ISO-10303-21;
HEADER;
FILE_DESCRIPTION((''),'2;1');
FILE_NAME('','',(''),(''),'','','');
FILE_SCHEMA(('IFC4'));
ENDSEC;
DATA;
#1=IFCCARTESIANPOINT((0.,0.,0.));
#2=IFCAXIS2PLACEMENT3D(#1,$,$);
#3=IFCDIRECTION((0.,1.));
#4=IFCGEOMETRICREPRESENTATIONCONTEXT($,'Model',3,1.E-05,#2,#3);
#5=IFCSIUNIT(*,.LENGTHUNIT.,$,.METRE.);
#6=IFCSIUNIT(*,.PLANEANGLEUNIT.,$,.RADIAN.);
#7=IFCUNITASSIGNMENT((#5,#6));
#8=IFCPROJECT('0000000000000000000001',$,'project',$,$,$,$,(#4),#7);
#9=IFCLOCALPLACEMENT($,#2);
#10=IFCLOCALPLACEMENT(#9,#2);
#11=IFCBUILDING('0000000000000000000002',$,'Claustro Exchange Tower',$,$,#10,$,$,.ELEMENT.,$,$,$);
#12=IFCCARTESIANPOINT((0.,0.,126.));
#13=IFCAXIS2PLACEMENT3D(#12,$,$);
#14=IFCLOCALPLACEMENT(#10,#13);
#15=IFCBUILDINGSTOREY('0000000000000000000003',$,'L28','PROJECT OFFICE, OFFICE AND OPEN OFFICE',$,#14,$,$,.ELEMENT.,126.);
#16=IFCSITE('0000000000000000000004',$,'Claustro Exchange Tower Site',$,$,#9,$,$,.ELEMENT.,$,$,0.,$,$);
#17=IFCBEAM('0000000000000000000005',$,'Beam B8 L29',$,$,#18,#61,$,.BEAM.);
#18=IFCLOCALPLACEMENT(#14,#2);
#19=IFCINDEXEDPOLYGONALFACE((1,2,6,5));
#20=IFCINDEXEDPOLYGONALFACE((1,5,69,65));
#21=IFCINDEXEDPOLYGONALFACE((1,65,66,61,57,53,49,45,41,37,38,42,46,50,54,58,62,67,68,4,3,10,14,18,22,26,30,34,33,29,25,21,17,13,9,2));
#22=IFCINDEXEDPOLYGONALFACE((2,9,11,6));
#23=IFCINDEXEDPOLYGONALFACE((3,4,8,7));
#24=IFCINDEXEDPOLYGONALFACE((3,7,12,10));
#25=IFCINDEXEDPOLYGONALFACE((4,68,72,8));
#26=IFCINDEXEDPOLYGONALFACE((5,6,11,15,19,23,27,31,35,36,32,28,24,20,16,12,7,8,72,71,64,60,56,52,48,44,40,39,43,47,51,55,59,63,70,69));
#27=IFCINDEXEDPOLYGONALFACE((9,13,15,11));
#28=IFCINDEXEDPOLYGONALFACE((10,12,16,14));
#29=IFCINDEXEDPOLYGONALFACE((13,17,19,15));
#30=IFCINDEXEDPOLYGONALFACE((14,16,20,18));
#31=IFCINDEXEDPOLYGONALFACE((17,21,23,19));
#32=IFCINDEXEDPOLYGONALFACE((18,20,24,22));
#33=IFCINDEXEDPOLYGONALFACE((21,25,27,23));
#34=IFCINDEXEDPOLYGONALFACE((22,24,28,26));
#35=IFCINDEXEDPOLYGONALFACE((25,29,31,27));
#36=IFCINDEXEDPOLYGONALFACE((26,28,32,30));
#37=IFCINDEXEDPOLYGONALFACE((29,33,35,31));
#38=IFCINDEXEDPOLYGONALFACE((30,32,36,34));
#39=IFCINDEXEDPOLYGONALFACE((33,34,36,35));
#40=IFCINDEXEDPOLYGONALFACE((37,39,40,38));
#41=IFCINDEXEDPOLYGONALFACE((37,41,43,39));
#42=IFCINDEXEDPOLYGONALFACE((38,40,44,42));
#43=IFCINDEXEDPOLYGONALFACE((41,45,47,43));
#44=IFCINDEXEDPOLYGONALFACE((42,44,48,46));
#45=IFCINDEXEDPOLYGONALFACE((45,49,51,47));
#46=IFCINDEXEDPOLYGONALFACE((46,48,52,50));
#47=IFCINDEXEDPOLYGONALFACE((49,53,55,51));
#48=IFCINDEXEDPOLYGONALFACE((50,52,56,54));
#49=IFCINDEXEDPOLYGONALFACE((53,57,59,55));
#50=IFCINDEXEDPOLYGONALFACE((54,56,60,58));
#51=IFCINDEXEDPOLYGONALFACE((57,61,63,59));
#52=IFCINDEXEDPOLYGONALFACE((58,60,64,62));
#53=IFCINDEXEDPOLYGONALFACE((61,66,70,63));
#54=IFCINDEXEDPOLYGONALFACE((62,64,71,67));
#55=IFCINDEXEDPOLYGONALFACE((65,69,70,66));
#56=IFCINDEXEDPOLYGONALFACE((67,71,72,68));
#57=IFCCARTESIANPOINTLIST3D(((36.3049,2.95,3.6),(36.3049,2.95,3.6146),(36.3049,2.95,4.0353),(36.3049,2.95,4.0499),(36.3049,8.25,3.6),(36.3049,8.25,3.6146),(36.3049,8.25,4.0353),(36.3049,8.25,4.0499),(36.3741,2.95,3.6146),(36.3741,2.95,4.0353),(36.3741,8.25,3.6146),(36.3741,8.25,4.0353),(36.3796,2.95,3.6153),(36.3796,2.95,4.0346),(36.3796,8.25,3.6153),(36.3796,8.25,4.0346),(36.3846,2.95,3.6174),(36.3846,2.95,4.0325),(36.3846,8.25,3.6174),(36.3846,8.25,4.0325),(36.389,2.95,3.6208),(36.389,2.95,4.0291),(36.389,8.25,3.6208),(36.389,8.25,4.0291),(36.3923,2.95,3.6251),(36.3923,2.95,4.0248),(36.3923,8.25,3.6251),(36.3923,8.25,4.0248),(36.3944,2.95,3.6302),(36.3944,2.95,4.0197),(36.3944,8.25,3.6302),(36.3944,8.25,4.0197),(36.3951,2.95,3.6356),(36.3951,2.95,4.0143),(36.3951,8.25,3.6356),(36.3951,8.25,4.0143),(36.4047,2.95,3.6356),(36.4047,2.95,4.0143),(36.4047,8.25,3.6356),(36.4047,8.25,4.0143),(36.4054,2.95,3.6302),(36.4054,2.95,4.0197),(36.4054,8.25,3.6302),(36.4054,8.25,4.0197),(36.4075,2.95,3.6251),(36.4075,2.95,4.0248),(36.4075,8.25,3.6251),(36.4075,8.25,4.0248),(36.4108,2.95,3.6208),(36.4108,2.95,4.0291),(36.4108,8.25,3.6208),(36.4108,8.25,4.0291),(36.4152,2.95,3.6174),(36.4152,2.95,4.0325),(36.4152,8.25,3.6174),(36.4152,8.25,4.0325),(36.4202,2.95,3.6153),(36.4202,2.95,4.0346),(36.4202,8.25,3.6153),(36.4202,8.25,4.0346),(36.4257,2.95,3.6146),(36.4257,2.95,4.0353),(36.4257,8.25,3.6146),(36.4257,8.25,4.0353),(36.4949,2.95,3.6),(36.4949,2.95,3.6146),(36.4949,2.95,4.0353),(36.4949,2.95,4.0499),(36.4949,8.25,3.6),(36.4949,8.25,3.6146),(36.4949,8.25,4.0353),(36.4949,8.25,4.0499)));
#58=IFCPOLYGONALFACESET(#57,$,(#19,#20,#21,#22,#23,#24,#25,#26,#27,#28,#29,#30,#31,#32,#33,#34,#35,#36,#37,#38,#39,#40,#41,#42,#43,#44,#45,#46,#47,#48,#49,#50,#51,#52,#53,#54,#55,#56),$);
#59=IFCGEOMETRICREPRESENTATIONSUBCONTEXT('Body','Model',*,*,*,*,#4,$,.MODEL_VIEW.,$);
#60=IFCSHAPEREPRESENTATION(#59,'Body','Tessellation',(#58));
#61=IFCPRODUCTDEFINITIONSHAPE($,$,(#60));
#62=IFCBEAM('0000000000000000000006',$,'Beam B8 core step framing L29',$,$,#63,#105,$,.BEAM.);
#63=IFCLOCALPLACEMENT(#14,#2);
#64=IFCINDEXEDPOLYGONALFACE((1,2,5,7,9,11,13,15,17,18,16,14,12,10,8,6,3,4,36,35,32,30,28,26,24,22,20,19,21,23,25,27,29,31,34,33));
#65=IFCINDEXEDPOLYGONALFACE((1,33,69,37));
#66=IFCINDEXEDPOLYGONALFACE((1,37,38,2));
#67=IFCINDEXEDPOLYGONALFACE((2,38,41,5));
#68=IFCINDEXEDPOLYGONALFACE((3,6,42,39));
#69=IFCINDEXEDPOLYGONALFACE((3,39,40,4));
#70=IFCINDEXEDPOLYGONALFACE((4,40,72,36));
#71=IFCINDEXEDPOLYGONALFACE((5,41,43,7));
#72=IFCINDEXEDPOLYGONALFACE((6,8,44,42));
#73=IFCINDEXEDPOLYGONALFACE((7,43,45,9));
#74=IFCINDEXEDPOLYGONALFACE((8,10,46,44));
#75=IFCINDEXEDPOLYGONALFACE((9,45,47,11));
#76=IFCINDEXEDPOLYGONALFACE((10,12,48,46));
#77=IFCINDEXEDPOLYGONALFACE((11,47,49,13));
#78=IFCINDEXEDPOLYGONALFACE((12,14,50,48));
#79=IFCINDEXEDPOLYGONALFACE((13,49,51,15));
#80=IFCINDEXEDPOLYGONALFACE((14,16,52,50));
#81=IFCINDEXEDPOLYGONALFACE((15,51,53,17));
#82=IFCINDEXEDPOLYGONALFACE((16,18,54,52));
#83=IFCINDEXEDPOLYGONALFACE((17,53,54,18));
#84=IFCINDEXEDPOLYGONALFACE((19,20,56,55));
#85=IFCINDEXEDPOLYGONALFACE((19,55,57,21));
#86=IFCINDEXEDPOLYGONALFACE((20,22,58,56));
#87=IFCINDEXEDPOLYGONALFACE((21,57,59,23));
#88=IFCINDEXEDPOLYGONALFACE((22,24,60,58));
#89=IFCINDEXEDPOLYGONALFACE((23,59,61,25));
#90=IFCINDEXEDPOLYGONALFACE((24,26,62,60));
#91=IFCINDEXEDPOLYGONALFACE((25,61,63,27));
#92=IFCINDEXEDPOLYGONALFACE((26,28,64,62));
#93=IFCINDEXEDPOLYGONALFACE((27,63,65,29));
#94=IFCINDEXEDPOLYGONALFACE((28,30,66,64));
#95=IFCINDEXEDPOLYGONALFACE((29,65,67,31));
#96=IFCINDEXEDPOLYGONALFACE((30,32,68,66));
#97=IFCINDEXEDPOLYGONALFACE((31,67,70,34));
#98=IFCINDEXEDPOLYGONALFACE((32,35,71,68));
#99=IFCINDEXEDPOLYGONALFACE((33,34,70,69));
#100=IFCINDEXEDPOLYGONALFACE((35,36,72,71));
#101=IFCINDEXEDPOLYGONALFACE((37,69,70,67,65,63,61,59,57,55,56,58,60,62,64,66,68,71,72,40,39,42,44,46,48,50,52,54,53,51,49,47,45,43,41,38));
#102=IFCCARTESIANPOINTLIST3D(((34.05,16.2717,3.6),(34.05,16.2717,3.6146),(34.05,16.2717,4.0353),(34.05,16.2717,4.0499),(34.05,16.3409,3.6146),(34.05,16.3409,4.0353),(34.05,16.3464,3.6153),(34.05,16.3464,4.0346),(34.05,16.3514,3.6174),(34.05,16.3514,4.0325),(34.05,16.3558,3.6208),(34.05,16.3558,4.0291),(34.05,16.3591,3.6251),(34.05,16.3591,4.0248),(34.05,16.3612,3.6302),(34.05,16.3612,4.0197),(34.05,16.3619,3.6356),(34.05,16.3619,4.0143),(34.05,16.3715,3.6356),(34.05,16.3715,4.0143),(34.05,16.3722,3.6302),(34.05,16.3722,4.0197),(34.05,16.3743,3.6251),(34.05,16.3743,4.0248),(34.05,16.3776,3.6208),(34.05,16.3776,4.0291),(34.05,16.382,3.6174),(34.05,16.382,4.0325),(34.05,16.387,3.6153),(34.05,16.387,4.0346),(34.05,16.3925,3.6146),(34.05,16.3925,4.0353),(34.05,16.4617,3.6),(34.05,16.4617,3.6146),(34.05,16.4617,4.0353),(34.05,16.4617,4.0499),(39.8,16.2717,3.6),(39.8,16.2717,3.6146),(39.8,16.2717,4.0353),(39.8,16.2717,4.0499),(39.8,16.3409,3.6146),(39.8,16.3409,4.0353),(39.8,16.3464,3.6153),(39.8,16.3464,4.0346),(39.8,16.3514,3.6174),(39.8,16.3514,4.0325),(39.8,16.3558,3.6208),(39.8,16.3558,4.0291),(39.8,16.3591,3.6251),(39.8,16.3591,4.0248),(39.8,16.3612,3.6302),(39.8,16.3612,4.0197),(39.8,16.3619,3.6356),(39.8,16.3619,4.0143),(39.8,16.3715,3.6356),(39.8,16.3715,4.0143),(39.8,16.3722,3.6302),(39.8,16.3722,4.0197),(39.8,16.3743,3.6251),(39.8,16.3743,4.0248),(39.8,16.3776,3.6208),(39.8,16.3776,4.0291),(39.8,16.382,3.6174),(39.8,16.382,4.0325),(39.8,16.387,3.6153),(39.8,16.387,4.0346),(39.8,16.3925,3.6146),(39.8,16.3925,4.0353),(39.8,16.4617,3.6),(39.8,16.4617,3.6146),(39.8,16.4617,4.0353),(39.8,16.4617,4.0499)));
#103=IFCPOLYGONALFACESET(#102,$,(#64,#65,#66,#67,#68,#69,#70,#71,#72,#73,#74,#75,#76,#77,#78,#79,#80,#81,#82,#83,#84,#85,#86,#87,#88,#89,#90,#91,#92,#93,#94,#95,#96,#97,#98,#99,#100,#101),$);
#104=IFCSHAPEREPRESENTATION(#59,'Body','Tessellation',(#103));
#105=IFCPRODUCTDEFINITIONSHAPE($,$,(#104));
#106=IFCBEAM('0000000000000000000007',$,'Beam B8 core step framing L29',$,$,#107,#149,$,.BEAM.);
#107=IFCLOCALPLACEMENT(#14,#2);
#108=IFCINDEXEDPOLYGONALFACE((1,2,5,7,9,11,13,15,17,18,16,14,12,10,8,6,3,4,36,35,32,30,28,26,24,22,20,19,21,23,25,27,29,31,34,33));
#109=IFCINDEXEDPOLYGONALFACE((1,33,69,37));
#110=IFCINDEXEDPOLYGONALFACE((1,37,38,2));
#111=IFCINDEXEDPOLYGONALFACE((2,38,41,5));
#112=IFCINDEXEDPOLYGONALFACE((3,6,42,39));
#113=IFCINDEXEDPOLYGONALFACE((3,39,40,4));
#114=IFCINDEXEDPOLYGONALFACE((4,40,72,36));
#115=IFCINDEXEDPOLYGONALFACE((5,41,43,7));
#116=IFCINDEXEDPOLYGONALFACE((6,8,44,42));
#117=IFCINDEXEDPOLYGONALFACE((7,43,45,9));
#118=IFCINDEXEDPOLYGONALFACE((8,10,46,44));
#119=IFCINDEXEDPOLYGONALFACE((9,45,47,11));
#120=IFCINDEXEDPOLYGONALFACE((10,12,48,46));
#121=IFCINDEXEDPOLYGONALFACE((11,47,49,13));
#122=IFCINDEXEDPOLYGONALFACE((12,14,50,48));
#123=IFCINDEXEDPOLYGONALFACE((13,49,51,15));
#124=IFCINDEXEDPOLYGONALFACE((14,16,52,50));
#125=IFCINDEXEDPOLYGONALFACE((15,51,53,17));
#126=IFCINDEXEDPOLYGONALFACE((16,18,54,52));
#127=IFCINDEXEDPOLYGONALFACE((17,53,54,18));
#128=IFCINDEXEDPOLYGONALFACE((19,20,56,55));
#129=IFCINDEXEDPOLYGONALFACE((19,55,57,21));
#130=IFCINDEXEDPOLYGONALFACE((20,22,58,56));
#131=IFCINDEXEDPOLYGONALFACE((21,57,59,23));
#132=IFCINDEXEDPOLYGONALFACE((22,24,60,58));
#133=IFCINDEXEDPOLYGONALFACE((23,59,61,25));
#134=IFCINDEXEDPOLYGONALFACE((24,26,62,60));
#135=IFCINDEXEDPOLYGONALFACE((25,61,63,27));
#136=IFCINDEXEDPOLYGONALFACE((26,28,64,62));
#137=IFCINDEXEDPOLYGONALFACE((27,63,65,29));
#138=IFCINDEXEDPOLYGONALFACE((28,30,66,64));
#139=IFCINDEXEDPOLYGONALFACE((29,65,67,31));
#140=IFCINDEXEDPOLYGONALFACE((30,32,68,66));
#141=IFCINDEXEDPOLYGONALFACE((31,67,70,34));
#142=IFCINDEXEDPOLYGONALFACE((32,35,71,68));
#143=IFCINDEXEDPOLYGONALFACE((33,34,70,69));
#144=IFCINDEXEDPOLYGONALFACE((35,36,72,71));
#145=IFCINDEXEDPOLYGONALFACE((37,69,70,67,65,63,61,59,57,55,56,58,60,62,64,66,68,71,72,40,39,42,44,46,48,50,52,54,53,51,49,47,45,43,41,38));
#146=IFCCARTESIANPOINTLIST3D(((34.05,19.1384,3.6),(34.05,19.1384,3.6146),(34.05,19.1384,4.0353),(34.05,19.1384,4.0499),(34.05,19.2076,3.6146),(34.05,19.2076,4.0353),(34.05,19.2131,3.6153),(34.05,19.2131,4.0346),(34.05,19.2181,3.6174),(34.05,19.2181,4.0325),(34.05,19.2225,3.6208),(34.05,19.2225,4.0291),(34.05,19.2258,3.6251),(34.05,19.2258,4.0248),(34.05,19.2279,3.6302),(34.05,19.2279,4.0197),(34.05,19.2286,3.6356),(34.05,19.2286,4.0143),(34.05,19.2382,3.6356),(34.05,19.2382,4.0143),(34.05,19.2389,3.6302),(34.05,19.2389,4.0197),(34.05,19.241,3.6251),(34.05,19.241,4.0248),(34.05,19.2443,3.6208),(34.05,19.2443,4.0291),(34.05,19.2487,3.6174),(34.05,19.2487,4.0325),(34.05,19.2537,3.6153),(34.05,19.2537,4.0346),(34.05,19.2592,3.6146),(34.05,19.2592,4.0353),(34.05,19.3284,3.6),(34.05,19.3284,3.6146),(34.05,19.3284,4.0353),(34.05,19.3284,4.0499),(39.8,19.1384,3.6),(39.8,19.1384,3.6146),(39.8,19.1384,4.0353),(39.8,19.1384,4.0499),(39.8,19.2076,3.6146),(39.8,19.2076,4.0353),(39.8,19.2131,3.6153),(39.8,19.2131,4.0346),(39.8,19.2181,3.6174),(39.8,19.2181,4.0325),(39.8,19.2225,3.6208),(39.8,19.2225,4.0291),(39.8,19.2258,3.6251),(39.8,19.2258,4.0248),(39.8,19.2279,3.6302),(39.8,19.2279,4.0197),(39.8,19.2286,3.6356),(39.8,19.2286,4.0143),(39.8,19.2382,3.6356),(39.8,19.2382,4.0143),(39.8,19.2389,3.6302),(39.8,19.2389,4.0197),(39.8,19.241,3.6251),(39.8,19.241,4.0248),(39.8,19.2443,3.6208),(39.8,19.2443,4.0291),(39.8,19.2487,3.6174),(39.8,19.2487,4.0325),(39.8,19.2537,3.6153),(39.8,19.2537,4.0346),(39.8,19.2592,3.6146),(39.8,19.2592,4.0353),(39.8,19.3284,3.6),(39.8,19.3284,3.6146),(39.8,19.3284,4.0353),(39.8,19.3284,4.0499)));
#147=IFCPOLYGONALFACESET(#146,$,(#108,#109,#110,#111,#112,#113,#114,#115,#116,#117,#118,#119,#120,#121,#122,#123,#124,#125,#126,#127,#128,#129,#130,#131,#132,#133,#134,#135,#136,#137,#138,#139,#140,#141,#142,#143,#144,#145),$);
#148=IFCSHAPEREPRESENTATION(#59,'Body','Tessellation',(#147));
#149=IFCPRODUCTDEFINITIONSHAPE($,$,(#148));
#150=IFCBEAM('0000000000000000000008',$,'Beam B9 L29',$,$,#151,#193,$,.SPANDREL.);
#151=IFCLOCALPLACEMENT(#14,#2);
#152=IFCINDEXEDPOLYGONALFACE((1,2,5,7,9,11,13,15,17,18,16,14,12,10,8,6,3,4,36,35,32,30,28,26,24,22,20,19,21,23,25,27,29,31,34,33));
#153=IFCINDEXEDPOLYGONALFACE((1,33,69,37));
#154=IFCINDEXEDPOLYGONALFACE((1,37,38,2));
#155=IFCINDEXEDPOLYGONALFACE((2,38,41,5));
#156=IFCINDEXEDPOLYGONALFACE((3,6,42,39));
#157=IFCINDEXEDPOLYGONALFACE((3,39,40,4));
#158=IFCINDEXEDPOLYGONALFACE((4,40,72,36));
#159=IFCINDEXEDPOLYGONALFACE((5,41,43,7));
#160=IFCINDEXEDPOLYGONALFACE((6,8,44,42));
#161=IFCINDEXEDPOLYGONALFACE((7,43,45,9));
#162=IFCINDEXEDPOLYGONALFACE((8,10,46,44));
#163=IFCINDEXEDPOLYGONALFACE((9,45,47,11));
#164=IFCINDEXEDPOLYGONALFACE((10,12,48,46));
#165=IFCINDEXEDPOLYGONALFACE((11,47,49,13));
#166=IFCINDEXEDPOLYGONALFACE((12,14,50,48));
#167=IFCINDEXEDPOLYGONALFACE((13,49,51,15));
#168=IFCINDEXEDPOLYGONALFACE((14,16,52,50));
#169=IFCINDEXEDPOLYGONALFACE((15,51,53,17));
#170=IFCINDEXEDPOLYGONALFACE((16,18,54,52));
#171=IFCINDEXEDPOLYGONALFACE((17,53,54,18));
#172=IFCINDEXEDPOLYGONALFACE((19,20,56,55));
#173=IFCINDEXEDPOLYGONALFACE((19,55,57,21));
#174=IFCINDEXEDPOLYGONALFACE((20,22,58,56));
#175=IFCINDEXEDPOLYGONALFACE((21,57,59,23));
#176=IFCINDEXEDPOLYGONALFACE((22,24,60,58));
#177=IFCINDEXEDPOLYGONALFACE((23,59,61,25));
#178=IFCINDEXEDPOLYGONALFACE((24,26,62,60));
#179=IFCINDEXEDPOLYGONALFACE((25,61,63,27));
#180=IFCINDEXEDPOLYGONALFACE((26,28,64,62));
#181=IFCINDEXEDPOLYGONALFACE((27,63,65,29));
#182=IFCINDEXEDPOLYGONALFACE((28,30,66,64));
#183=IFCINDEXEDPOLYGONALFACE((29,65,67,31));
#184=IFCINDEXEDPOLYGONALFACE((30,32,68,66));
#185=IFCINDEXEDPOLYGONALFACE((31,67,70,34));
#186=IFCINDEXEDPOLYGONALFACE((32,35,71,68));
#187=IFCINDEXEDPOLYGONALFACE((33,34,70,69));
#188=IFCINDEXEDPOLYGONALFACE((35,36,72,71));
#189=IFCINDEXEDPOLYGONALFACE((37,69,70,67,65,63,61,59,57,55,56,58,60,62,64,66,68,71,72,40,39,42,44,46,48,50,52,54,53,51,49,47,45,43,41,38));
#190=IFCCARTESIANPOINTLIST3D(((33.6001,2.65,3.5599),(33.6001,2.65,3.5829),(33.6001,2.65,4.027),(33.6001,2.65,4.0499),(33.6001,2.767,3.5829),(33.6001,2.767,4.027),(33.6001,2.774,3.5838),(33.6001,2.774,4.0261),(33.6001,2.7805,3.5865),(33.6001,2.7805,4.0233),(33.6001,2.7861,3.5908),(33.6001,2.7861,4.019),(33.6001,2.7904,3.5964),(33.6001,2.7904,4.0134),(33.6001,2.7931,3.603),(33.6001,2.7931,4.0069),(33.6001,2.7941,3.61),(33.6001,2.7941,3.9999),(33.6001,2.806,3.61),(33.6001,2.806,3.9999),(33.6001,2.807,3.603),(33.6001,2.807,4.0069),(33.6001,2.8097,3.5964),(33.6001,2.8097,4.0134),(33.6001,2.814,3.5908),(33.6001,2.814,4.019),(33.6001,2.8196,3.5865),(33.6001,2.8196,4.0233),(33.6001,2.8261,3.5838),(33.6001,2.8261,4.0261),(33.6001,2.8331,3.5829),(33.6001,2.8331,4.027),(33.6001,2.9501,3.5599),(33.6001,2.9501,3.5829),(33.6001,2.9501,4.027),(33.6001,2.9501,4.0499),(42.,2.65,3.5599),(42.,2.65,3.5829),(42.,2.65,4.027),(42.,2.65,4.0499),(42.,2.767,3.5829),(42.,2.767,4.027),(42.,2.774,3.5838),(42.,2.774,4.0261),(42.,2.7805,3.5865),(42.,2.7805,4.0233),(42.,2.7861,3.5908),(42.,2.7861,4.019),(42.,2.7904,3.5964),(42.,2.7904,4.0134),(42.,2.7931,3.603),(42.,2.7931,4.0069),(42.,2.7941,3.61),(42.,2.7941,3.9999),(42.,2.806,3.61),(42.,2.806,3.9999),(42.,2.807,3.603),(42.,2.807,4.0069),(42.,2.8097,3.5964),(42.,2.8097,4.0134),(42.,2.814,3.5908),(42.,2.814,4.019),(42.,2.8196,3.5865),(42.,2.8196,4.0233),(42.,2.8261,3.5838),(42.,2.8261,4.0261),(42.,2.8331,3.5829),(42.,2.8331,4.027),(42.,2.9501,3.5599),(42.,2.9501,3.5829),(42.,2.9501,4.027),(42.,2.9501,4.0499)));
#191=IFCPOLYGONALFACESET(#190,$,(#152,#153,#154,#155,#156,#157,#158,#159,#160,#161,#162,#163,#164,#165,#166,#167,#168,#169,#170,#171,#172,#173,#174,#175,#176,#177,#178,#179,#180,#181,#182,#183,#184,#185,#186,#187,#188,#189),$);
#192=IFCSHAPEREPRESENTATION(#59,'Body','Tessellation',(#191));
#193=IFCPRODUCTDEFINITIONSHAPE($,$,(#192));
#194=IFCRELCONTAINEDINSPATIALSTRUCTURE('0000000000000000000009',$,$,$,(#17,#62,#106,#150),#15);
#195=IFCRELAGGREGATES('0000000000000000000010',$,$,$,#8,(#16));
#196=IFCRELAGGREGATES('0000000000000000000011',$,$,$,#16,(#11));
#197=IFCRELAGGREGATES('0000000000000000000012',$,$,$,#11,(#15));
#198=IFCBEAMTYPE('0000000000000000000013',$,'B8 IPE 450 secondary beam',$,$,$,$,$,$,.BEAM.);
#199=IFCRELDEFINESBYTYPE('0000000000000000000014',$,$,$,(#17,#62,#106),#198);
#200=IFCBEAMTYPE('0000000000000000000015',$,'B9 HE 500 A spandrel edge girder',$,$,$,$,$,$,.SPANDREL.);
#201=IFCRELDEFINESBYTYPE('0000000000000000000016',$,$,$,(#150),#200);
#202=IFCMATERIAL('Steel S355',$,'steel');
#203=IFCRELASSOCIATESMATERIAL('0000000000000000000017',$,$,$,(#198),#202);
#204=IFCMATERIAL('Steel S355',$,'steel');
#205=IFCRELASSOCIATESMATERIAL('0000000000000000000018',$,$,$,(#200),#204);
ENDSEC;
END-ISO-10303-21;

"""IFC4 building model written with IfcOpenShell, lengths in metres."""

from ifc_helpers import new_model, si_unit, direction, frame, origin, origin_2d, place, context, subcontext, project, spatial, i_section, extrude, material, material_profile, profile_set, type_object, element, save


model = new_model("IFC4")

# Units and contexts
model_context = context("Model", 3, precision=1e-05, world=origin(), true_north=direction((0.0, 1.0)))
body_context = subcontext(model_context, "Body", "Model", "MODEL_VIEW")
ifc_project = project(units=[si_unit("LENGTHUNIT", "METRE"), si_unit("PLANEANGLEUNIT", "RADIAN")], contexts=[model_context])

# Site, building, storey
site_placement = place(None, origin())
site = spatial("IfcSite", under=ifc_project, at=site_placement, Name="Claustro Exchange Tower Site", CompositionType="ELEMENT", RefElevation=0.0)
building_placement = place(site_placement, origin())
building = spatial("IfcBuilding", under=site, at=building_placement, Name="Claustro Exchange Tower", CompositionType="ELEMENT")
storey_placement = place(building_placement, frame((0.0, 0.0, 126.0)))
storey = spatial("IfcBuildingStorey", under=building, at=storey_placement, Name="L28", Description="PROJECT OFFICE, OFFICE AND OPEN OFFICE", CompositionType="ELEMENT", Elevation=126.0)

# Beams
ifc_material_1 = material(Name="Steel S355", Category="steel")
ifc_material_profile_1 = material_profile(ifc_material_1, i_section(OverallWidth=0.1899, OverallDepth=0.45, WebThickness=0.0095, FlangeThickness=0.0146, FilletRadius=0.021, at=origin_2d()), Name="IPE 450")
ifc_profile_set_1 = profile_set([ifc_material_profile_1], Name="Steel S355")
beam_type_1 = type_object("IfcBeamType", Name="B8 IPE 450 secondary beam", PredefinedType="BEAM", material=ifc_profile_set_1)
beam_1_placement = place(storey_placement, frame((36.3999, 2.95, 3.825), z_axis=(0.0, 1.0, 0.0), x_axis=(-1.0, 0.0, 0.0)))
element("IfcBeam", 1, at=beam_1_placement, inside=storey, type_object=beam_type_1, Name="Beam B8 L29", PredefinedType="BEAM", context=body_context, shape_type="SweptSolid", body=[
    extrude(i_section(OverallWidth=0.1899, OverallDepth=0.45, WebThickness=0.0095, FlangeThickness=0.0146, FilletRadius=0.021, at=origin_2d()), origin(), (0.0, 0.0, 1.0), 5.3),
])
for number, where, z_axis, x_axis, name in (
    (2, (34.05, 16.3667, 3.825), (1.0, 0.0, 0.0), (0.0, 1.0, 0.0), "Beam B8 core step framing L29"),
    (3, (34.05, 19.2334, 3.825), (1.0, 0.0, 0.0), (0.0, 1.0, 0.0), "Beam B8 core step framing L29"),
):
    element("IfcBeam", number, at=place(storey_placement, frame(where, z_axis=z_axis, x_axis=x_axis)), inside=storey, type_object=beam_type_1, Name=name, PredefinedType="BEAM", context=body_context, shape_type="SweptSolid", body=[
        extrude(i_section(OverallWidth=0.1899, OverallDepth=0.45, WebThickness=0.0095, FlangeThickness=0.0146, FilletRadius=0.021, at=origin_2d()), origin(), (0.0, 0.0, 1.0), 5.75),
    ])
ifc_material_2 = material(Name="Steel S355", Category="steel")
ifc_material_profile_2 = material_profile(ifc_material_2, i_section(OverallWidth=0.3, OverallDepth=0.49, WebThickness=0.012, FlangeThickness=0.0229, FilletRadius=0.0271, at=origin_2d()), Name="HE 500 A")
ifc_profile_set_2 = profile_set([ifc_material_profile_2], Name="Steel S355")
beam_type_2 = type_object("IfcBeamType", Name="B9 HE 500 A spandrel edge girder", PredefinedType="SPANDREL", material=ifc_profile_set_2)
beam_2_placement = place(storey_placement, frame((33.6001, 2.8, 3.8049), z_axis=(1.0, 0.0, 0.0), x_axis=(0.0, 1.0, 0.0)))
element("IfcBeam", 4, at=beam_2_placement, inside=storey, type_object=beam_type_2, Name="Beam B9 L29", PredefinedType="SPANDREL", context=body_context, shape_type="SweptSolid", body=[
    extrude(i_section(OverallWidth=0.3, OverallDepth=0.49, WebThickness=0.012, FlangeThickness=0.0229, FilletRadius=0.0271, at=origin_2d()), origin(), (0.0, 0.0, 1.0), 8.3999),
])

save(model, "model.ifc")
